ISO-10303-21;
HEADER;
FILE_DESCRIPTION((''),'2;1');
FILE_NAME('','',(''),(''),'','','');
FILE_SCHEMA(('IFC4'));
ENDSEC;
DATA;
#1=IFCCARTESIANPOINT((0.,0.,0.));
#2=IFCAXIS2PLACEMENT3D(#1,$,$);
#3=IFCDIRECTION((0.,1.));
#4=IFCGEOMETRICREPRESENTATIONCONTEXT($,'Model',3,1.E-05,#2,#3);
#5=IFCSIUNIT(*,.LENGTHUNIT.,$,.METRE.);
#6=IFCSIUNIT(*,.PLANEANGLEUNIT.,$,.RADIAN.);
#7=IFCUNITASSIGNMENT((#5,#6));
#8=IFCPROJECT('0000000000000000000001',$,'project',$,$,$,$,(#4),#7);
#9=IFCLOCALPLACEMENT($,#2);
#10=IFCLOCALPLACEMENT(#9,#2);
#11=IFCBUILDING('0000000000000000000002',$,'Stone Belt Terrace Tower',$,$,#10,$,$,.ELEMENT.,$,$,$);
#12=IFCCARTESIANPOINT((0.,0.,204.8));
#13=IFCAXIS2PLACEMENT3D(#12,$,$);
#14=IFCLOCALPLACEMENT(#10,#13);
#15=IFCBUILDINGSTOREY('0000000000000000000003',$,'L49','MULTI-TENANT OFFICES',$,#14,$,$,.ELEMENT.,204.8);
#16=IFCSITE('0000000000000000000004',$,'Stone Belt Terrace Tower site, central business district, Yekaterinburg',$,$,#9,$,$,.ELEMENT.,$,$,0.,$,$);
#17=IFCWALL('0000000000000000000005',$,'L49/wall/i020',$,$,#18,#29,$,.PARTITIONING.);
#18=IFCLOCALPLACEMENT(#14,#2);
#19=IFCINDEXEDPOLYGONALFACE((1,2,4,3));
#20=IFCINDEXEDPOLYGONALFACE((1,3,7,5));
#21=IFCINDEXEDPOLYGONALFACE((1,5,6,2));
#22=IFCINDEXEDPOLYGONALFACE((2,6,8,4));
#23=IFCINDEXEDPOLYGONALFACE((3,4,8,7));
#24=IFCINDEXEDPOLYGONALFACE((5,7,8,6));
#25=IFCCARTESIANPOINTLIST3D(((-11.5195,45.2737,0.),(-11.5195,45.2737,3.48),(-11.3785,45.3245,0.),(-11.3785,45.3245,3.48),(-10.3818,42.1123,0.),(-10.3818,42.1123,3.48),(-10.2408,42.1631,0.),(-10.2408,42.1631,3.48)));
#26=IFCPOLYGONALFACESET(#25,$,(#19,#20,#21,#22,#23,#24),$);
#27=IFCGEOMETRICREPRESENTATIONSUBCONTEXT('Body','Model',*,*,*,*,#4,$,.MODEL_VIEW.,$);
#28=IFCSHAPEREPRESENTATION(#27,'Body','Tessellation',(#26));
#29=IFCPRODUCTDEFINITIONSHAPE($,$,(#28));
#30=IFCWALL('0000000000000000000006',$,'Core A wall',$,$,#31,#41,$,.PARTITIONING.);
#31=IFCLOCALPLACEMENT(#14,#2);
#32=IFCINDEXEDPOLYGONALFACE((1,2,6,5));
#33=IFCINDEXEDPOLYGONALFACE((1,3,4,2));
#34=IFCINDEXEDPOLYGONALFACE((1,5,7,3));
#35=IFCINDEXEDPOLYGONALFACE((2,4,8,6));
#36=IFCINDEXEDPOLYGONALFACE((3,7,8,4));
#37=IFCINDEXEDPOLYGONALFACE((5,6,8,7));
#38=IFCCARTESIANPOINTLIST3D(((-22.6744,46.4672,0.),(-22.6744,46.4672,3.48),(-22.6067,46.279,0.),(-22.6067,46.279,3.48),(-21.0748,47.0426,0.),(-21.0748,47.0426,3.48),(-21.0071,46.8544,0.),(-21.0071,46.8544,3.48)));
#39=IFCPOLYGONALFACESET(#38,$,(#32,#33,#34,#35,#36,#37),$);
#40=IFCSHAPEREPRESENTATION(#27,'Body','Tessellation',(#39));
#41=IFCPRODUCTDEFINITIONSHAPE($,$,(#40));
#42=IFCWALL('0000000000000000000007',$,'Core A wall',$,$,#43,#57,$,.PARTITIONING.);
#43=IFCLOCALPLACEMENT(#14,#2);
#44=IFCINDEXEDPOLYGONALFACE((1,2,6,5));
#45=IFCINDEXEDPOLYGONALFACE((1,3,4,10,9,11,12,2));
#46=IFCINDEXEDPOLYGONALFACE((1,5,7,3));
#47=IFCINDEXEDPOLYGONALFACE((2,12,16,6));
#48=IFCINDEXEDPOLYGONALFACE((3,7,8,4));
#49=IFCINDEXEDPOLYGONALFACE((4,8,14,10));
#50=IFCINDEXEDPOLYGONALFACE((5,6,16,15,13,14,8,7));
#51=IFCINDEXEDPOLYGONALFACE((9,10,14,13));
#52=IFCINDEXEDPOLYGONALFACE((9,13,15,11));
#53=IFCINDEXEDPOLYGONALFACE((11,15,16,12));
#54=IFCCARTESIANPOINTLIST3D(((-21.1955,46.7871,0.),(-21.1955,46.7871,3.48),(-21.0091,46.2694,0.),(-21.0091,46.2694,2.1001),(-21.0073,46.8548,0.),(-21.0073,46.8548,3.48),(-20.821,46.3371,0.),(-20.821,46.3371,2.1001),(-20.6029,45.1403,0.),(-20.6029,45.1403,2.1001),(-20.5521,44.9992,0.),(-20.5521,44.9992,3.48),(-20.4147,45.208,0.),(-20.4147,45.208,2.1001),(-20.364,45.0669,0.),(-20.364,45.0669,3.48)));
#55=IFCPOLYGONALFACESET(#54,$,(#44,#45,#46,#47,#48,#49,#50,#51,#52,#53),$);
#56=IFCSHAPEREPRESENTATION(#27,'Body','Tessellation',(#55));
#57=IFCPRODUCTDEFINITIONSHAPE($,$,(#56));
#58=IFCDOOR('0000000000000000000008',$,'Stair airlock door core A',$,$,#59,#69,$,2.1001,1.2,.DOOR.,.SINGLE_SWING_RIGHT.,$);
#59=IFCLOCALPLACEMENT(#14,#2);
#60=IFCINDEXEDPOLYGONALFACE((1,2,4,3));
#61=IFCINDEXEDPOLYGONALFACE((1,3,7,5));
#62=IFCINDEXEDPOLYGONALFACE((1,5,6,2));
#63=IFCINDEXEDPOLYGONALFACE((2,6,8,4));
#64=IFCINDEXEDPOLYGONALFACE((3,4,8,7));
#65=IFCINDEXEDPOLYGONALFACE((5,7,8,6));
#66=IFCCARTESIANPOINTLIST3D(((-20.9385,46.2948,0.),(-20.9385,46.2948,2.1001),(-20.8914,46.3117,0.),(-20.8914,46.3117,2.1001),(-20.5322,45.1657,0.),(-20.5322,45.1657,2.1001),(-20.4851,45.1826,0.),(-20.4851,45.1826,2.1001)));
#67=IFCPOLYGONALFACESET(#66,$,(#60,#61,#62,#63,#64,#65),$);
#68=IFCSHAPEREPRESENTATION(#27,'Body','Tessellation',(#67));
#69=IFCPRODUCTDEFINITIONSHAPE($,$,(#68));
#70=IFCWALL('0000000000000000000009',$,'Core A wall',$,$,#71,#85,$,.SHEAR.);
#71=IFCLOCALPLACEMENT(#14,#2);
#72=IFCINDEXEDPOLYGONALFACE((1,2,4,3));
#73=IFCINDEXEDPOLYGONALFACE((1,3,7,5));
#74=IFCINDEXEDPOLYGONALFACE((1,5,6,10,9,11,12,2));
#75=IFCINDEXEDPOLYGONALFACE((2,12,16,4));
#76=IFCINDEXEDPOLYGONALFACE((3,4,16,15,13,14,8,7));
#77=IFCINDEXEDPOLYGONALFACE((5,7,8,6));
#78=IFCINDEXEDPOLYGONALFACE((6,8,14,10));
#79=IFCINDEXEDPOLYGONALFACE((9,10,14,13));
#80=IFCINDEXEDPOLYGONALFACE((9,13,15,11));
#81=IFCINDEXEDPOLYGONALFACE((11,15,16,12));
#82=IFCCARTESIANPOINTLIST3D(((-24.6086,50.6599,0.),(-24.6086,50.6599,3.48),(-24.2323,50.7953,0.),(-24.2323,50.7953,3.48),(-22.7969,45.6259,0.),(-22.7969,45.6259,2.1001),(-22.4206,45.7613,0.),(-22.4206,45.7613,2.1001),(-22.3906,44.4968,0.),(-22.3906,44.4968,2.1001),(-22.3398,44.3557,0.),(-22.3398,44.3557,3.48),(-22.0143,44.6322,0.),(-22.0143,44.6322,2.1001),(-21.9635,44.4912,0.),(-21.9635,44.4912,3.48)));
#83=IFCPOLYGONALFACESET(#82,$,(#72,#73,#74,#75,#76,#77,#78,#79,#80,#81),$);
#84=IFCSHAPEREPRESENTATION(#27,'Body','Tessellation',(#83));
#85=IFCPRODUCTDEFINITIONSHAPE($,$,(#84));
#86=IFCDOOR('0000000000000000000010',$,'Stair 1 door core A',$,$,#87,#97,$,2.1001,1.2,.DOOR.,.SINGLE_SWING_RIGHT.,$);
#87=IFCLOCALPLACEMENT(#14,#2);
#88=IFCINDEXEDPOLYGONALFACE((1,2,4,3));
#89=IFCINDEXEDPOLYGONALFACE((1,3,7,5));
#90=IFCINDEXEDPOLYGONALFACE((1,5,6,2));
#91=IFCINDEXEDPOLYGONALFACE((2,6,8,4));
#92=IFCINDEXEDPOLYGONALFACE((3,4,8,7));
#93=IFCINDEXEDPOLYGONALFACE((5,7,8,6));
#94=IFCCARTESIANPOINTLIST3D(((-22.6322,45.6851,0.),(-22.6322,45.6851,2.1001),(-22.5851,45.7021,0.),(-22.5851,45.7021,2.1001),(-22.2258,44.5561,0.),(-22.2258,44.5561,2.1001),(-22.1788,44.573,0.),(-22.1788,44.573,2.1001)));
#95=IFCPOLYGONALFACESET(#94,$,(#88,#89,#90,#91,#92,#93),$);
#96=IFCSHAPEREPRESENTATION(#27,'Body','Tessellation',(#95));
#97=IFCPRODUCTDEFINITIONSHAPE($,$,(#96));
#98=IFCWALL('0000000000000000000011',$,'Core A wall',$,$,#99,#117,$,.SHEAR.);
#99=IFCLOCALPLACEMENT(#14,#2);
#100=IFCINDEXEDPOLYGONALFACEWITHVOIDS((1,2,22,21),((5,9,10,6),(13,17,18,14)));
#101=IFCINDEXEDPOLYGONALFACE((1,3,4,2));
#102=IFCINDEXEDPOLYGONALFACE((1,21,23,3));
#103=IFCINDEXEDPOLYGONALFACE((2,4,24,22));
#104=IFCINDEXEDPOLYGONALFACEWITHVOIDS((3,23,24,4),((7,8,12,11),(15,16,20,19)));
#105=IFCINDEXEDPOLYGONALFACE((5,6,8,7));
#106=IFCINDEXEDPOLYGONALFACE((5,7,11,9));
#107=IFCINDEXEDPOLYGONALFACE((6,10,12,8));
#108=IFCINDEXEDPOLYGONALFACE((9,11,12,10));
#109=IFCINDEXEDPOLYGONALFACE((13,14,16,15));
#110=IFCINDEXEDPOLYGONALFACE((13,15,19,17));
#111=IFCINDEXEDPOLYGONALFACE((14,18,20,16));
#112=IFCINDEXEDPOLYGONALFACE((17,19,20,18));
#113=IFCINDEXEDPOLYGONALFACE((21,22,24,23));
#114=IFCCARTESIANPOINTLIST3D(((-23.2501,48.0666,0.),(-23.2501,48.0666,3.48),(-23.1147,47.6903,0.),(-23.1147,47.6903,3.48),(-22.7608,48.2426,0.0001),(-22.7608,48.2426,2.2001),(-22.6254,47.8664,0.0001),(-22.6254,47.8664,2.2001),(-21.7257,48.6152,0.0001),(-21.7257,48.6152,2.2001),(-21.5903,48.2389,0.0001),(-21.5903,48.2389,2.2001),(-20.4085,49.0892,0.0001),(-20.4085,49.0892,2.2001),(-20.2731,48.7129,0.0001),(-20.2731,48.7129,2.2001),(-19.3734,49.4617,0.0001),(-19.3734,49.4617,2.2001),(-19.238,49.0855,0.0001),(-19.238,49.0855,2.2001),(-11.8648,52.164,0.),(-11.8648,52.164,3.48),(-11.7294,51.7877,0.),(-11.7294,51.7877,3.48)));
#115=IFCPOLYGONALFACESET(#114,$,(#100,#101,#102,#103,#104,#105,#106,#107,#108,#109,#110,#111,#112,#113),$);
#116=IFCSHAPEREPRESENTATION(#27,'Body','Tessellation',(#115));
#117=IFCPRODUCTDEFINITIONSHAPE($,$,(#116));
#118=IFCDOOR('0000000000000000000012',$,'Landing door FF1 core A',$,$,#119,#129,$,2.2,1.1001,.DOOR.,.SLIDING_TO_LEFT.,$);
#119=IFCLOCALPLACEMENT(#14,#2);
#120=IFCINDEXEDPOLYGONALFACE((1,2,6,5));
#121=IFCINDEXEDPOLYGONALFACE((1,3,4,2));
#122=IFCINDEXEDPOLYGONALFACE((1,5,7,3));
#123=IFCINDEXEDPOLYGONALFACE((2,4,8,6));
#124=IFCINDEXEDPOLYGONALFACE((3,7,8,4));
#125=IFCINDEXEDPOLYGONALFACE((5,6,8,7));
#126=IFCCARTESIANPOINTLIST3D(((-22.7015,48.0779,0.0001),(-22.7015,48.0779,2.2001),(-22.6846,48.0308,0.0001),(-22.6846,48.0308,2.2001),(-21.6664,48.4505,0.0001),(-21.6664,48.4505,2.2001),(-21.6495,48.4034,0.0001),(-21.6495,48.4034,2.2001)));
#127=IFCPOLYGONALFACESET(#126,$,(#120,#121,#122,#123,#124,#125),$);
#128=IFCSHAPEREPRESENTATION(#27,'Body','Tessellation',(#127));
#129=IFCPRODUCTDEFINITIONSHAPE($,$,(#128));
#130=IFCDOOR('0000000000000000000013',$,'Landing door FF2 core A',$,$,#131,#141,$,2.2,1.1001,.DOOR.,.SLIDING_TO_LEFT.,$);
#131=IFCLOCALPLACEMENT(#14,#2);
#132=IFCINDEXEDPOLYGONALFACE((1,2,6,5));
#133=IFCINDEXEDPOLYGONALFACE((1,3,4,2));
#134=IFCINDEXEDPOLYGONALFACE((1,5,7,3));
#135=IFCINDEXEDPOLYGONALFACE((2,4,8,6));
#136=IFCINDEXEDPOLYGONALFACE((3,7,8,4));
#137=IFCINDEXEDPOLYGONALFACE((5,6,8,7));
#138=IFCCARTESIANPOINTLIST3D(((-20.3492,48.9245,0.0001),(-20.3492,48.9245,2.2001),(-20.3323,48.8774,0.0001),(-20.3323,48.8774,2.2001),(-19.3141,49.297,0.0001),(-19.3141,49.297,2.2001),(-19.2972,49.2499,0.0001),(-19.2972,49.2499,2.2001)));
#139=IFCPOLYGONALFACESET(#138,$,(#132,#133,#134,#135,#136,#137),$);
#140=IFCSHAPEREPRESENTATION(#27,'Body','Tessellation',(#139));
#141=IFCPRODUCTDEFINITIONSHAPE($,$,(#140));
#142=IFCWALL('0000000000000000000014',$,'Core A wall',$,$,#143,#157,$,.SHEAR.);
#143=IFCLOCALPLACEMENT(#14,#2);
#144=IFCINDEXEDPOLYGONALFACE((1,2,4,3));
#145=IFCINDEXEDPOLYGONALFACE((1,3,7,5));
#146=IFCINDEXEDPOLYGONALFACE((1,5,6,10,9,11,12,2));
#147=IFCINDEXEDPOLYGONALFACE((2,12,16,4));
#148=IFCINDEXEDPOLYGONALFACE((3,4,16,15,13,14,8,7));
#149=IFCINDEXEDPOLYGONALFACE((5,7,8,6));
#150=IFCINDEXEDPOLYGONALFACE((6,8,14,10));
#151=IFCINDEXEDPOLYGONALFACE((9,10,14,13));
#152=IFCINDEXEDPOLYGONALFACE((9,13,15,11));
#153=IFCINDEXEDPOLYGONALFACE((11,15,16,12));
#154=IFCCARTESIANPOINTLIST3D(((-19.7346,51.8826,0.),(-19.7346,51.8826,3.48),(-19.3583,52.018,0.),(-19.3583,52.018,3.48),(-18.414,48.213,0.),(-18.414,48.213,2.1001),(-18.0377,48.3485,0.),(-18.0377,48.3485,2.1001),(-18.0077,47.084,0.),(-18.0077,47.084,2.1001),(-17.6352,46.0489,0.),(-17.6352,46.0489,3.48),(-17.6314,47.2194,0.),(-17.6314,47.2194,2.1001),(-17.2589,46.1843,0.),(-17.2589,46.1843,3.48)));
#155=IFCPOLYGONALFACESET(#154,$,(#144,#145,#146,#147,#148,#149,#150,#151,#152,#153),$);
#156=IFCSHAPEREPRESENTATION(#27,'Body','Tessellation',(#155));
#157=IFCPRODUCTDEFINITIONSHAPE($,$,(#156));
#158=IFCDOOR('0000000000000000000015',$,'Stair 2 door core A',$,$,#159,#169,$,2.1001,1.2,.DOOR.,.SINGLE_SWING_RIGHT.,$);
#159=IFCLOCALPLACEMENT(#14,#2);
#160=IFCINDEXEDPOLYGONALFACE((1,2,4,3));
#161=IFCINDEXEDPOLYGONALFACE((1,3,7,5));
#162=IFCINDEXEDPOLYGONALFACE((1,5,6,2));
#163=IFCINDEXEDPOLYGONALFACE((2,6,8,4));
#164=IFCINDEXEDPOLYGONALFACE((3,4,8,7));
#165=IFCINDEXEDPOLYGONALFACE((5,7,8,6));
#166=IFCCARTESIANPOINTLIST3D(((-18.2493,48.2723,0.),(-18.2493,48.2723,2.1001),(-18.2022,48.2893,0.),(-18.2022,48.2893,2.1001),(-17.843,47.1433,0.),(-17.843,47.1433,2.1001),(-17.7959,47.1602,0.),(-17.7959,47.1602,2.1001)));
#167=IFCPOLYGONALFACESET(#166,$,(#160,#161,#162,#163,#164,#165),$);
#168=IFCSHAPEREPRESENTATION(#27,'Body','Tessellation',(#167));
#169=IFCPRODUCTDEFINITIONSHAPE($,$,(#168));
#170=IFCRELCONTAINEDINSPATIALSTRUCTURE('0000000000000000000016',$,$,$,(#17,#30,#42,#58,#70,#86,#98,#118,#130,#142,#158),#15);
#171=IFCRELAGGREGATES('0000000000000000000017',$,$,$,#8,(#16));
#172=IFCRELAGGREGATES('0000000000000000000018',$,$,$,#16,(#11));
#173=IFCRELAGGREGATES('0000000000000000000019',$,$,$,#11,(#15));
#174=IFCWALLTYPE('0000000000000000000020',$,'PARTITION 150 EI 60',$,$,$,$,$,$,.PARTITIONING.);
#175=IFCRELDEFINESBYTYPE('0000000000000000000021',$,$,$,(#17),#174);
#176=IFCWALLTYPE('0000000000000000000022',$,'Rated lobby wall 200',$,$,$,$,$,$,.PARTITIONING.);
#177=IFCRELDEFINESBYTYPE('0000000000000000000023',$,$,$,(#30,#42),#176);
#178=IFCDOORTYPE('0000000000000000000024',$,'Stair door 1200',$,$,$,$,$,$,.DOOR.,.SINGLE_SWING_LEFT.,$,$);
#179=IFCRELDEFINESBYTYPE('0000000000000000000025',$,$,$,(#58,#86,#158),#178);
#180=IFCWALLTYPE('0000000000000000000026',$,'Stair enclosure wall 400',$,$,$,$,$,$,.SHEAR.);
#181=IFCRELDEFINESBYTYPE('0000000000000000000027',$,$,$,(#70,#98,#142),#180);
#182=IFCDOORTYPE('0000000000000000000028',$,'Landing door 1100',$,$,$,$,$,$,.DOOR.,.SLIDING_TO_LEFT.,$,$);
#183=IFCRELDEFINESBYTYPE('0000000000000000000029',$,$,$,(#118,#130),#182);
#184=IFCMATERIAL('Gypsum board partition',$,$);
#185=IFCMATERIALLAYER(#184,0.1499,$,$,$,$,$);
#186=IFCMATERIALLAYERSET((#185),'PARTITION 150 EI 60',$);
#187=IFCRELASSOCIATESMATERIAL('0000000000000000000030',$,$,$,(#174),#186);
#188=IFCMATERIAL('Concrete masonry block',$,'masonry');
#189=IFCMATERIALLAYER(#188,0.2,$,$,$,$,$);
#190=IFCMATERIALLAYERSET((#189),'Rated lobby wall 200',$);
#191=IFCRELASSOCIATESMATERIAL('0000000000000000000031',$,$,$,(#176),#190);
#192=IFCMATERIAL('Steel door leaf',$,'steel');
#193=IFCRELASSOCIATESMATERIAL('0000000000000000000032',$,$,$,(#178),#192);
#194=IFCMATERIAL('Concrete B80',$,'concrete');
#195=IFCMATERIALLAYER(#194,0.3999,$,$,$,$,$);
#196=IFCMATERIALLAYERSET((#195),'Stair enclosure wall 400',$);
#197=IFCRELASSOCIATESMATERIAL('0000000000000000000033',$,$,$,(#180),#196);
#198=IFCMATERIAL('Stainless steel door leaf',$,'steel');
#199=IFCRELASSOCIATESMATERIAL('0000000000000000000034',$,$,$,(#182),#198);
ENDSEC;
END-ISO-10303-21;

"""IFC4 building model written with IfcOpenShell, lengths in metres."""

from ifc_helpers import new_model, si_unit, direction, frame, frame_2d, origin, place, context, subcontext, project, spatial, rectangle, extrude, material, layer, layer_set, type_object, element, fill, save


model = new_model("IFC4")

# Units and contexts
model_context = context("Model", 3, precision=1e-05, world=origin(), true_north=direction((0.0, 1.0)))
body_context = subcontext(model_context, "Body", "Model", "MODEL_VIEW")
ifc_project = project(units=[si_unit("LENGTHUNIT", "METRE"), si_unit("PLANEANGLEUNIT", "RADIAN")], contexts=[model_context])

# Site, building, storey
site_placement = place(None, origin())
site = spatial("IfcSite", under=ifc_project, at=site_placement, Name="Stone Belt Terrace Tower site, central business district, Yekaterinburg", CompositionType="ELEMENT", RefElevation=0.0)
building_placement = place(site_placement, origin())
building = spatial("IfcBuilding", under=site, at=building_placement, Name="Stone Belt Terrace Tower", CompositionType="ELEMENT")
storey_placement = place(building_placement, frame((0.0, 0.0, 204.8)))
storey = spatial("IfcBuildingStorey", under=building, at=storey_placement, Name="L49", Description="MULTI-TENANT OFFICES", CompositionType="ELEMENT", Elevation=204.8)

# Shared definitions
ifc_material_1 = material(Name="Gypsum board partition")
ifc_layer_1 = layer(ifc_material_1, 0.1499)
ifc_layer_set_1 = layer_set([ifc_layer_1], Name="PARTITION 150 EI 60")
wall_type_1 = type_object("IfcWallType", Name="PARTITION 150 EI 60", PredefinedType="PARTITIONING", material=ifc_layer_set_1)

# Walls
wall_1_placement = place(storey_placement, frame((-11.449, 45.2991, 0.0), z_axis=(0.0, 0.0, 1.0), x_axis=(0.338614, -0.940925, 0.0)))
element("IfcWall", 1, at=wall_1_placement, inside=storey, type_object=wall_type_1, Name="L49/wall/i020", PredefinedType="PARTITIONING", context=body_context, shape_type="SweptSolid", body=[
    extrude(rectangle(XDim=3.3599, YDim=0.1499, at=frame_2d((1.6799, 0.0))), origin(), (0.0, 0.0, 1.0), 3.48),
])
ifc_material_2 = material(Name="Concrete masonry block", Category="masonry")
ifc_layer_2 = layer(ifc_material_2, 0.2)
ifc_layer_set_2 = layer_set([ifc_layer_2], Name="Rated lobby wall 200")
wall_type_2 = type_object("IfcWallType", Name="Rated lobby wall 200", PredefinedType="PARTITIONING", material=ifc_layer_set_2)
wall_2_placement = place(storey_placement, frame((-22.6406, 46.373, 0.0), z_axis=(0.0, 0.0, 1.0), x_axis=(0.940966, 0.338501, 0.0)))
element("IfcWall", 2, at=wall_2_placement, inside=storey, type_object=wall_type_2, Name="Core A wall", PredefinedType="PARTITIONING", context=body_context, shape_type="SweptSolid", body=[
    extrude(rectangle(XDim=1.7, YDim=0.2, at=frame_2d((0.8501, 0.0))), origin(), (0.0, 0.0, 1.0), 3.48),
])

# Walls, openings, doors
wall_3_placement = place(storey_placement, frame((-20.458, 45.033, 0.0), z_axis=(0.0, 0.0, 1.0), x_axis=(-0.338574, 0.94094, 0.0)))
wall_3 = element("IfcWall", 3, at=wall_3_placement, inside=storey, type_object=wall_type_2, Name="Core A wall", PredefinedType="PARTITIONING", context=body_context, shape_type="SweptSolid", body=[
    extrude(rectangle(XDim=1.9001, YDim=0.2, at=frame_2d((0.9502, 0.0))), origin(), (0.0, 0.0, 1.0), 3.48),
])
opening_1_placement = place(wall_3_placement, frame((0.1499, 0.0, 0.0)))
opening_1 = element("IfcOpeningElement", 4, at=opening_1_placement, cuts=wall_3, PredefinedType="OPENING", context=body_context, shape_type="SweptSolid", body=[
    extrude(rectangle(XDim=1.2, YDim=2.1001, at=frame_2d((0.6001, 1.05))), frame((0.0, 0.1099, 0.0), z_axis=(0.0, -1.0, 0.0), x_axis=(1.0, 0.0, 0.0)), (0.0, 0.0, 1.0), 0.22),
])
ifc_material_3 = material(Name="Steel door leaf", Category="steel")
door_type_1 = type_object("IfcDoorType", Name="Stair door 1200", OperationType="SINGLE_SWING_LEFT", PredefinedType="DOOR", material=ifc_material_3)
door_1_placement = place(opening_1_placement, origin())
door_1 = element("IfcDoor", 5, at=door_1_placement, inside=storey, type_object=door_type_1, Name="Stair airlock door core A", OperationType="SINGLE_SWING_RIGHT", OverallHeight=2.1001, OverallWidth=1.2, PredefinedType="DOOR", context=body_context, shape_type="SweptSolid", body=[
    extrude(rectangle(XDim=1.2, YDim=2.1001, at=frame_2d((0.6001, 1.05))), frame((0.0, 0.0249, 0.0), z_axis=(0.0, -1.0, 0.0), x_axis=(1.0, 0.0, 0.0)), (0.0, 0.0, 1.0), 0.05),
])
fill(opening_1, door_1)
ifc_material_4 = material(Name="Concrete B80", Category="concrete")
ifc_layer_3 = layer(ifc_material_4, 0.3999)
ifc_layer_set_3 = layer_set([ifc_layer_3], Name="Stair enclosure wall 400")
wall_type_3 = type_object("IfcWallType", Name="Stair enclosure wall 400", PredefinedType="SHEAR", material=ifc_layer_set_3)
wall_4_placement = place(storey_placement, frame((-22.1516, 44.4233, 0.0), z_axis=(0.0, 0.0, 1.0), x_axis=(-0.338625, 0.940921, 0.0)))
wall_4 = element("IfcWall", 6, at=wall_4_placement, inside=storey, type_object=wall_type_3, Name="Core A wall", PredefinedType="SHEAR", context=body_context, shape_type="SweptSolid", body=[
    extrude(rectangle(XDim=6.7, YDim=0.3999, at=frame_2d((3.3501, 0.0))), origin(), (0.0, 0.0, 1.0), 3.48),
])
opening_2_placement = place(wall_4_placement, frame((0.1499, 0.0, 0.0)))
opening_2 = element("IfcOpeningElement", 7, at=opening_2_placement, cuts=wall_4, PredefinedType="OPENING", context=body_context, shape_type="SweptSolid", body=[
    extrude(rectangle(XDim=1.2, YDim=2.1001, at=frame_2d((0.6001, 1.05))), frame((0.0, 0.21, 0.0), z_axis=(0.0, -1.0, 0.0), x_axis=(1.0, 0.0, 0.0)), (0.0, 0.0, 1.0), 0.4199),
])
door_2_placement = place(opening_2_placement, origin())
door_2 = element("IfcDoor", 8, at=door_2_placement, inside=storey, type_object=door_type_1, Name="Stair 1 door core A", OperationType="SINGLE_SWING_RIGHT", OverallHeight=2.1001, OverallWidth=1.2, PredefinedType="DOOR", context=body_context, shape_type="SweptSolid", body=[
    extrude(rectangle(XDim=1.2, YDim=2.1001, at=frame_2d((0.6001, 1.05))), frame((0.0, 0.0249, 0.0), z_axis=(0.0, -1.0, 0.0), x_axis=(1.0, 0.0, 0.0)), (0.0, 0.0, 1.0), 0.05),
])
fill(opening_2, door_2)

# Wall, openings, doors
wall_5_placement = place(storey_placement, frame((-23.1824, 47.8784, 0.0), z_axis=(0.0, 0.0, 1.0), x_axis=(0.940921, 0.338626, 0.0)))
wall_5 = element("IfcWall", 9, at=wall_5_placement, inside=storey, type_object=wall_type_3, Name="Core A wall", PredefinedType="SHEAR", context=body_context, shape_type="SweptSolid", body=[
    extrude(rectangle(XDim=12.1001, YDim=0.3999, at=frame_2d((6.05, 0.0))), origin(), (0.0, 0.0, 1.0), 3.48),
])
opening_3_placement = place(wall_5_placement, frame((0.52, 0.0, 0.0)))
opening_3 = element("IfcOpeningElement", 10, at=opening_3_placement, cuts=wall_5, PredefinedType="OPENING", context=body_context, shape_type="SweptSolid", body=[
    extrude(rectangle(XDim=1.1001, YDim=2.2, at=frame_2d((0.55, 1.1001))), frame((0.0, 0.21, 0.0), z_axis=(0.0, -1.0, 0.0), x_axis=(1.0, 0.0, 0.0)), (0.0, 0.0, 1.0), 0.4199),
])
opening_4_placement = place(wall_5_placement, frame((3.02, 0.0, 0.0)))
opening_4 = element("IfcOpeningElement", 11, at=opening_4_placement, cuts=wall_5, PredefinedType="OPENING", context=body_context, shape_type="SweptSolid", body=[
    extrude(rectangle(XDim=1.1001, YDim=2.2, at=frame_2d((0.55, 1.1001))), frame((0.0, 0.21, 0.0), z_axis=(0.0, -1.0, 0.0), x_axis=(1.0, 0.0, 0.0)), (0.0, 0.0, 1.0), 0.4199),
])
ifc_material_5 = material(Name="Stainless steel door leaf", Category="steel")
door_type_2 = type_object("IfcDoorType", Name="Landing door 1100", OperationType="SLIDING_TO_LEFT", PredefinedType="DOOR", material=ifc_material_5)
door_3_placement = place(opening_3_placement, origin())
door_3 = element("IfcDoor", 12, at=door_3_placement, inside=storey, type_object=door_type_2, Name="Landing door FF1 core A", OperationType="SLIDING_TO_LEFT", OverallHeight=2.2, OverallWidth=1.1001, PredefinedType="DOOR", context=body_context, shape_type="SweptSolid", body=[
    extrude(rectangle(XDim=1.1001, YDim=2.2, at=frame_2d((0.55, 1.1001))), frame((0.0, 0.0249, 0.0), z_axis=(0.0, -1.0, 0.0), x_axis=(1.0, 0.0, 0.0)), (0.0, 0.0, 1.0), 0.05),
])
fill(opening_3, door_3)
door_4_placement = place(opening_4_placement, origin())
door_4 = element("IfcDoor", 13, at=door_4_placement, inside=storey, type_object=door_type_2, Name="Landing door FF2 core A", OperationType="SLIDING_TO_LEFT", OverallHeight=2.2, OverallWidth=1.1001, PredefinedType="DOOR", context=body_context, shape_type="SweptSolid", body=[
    extrude(rectangle(XDim=1.1001, YDim=2.2, at=frame_2d((0.55, 1.1001))), frame((0.0, 0.0249, 0.0), z_axis=(0.0, -1.0, 0.0), x_axis=(1.0, 0.0, 0.0)), (0.0, 0.0, 1.0), 0.05),
])
fill(opening_4, door_4)

# Wall, opening, door
wall_6_placement = place(storey_placement, frame((-17.447, 46.1165, 0.0), z_axis=(0.0, 0.0, 1.0), x_axis=(-0.338608, 0.940928, 0.0)))
wall_6 = element("IfcWall", 14, at=wall_6_placement, inside=storey, type_object=wall_type_3, Name="Core A wall", PredefinedType="SHEAR", context=body_context, shape_type="SweptSolid", body=[
    extrude(rectangle(XDim=6.2, YDim=0.3999, at=frame_2d((3.1001, 0.0))), origin(), (0.0, 0.0, 1.0), 3.48),
])
opening_5_placement = place(wall_6_placement, frame((1.1001, 0.0, 0.0)))
opening_5 = element("IfcOpeningElement", 15, at=opening_5_placement, cuts=wall_6, PredefinedType="OPENING", context=body_context, shape_type="SweptSolid", body=[
    extrude(rectangle(XDim=1.2, YDim=2.1001, at=frame_2d((0.6001, 1.05))), frame((0.0, 0.21, 0.0), z_axis=(0.0, -1.0, 0.0), x_axis=(1.0, 0.0, 0.0)), (0.0, 0.0, 1.0), 0.4199),
])
door_5_placement = place(opening_5_placement, origin())
door_5 = element("IfcDoor", 16, at=door_5_placement, inside=storey, type_object=door_type_1, Name="Stair 2 door core A", OperationType="SINGLE_SWING_RIGHT", OverallHeight=2.1001, OverallWidth=1.2, PredefinedType="DOOR", context=body_context, shape_type="SweptSolid", body=[
    extrude(rectangle(XDim=1.2, YDim=2.1001, at=frame_2d((0.6001, 1.05))), frame((0.0, 0.0249, 0.0), z_axis=(0.0, -1.0, 0.0), x_axis=(1.0, 0.0, 0.0)), (0.0, 0.0, 1.0), 0.05),
])
fill(opening_5, door_5)

save(model, "model.ifc")
